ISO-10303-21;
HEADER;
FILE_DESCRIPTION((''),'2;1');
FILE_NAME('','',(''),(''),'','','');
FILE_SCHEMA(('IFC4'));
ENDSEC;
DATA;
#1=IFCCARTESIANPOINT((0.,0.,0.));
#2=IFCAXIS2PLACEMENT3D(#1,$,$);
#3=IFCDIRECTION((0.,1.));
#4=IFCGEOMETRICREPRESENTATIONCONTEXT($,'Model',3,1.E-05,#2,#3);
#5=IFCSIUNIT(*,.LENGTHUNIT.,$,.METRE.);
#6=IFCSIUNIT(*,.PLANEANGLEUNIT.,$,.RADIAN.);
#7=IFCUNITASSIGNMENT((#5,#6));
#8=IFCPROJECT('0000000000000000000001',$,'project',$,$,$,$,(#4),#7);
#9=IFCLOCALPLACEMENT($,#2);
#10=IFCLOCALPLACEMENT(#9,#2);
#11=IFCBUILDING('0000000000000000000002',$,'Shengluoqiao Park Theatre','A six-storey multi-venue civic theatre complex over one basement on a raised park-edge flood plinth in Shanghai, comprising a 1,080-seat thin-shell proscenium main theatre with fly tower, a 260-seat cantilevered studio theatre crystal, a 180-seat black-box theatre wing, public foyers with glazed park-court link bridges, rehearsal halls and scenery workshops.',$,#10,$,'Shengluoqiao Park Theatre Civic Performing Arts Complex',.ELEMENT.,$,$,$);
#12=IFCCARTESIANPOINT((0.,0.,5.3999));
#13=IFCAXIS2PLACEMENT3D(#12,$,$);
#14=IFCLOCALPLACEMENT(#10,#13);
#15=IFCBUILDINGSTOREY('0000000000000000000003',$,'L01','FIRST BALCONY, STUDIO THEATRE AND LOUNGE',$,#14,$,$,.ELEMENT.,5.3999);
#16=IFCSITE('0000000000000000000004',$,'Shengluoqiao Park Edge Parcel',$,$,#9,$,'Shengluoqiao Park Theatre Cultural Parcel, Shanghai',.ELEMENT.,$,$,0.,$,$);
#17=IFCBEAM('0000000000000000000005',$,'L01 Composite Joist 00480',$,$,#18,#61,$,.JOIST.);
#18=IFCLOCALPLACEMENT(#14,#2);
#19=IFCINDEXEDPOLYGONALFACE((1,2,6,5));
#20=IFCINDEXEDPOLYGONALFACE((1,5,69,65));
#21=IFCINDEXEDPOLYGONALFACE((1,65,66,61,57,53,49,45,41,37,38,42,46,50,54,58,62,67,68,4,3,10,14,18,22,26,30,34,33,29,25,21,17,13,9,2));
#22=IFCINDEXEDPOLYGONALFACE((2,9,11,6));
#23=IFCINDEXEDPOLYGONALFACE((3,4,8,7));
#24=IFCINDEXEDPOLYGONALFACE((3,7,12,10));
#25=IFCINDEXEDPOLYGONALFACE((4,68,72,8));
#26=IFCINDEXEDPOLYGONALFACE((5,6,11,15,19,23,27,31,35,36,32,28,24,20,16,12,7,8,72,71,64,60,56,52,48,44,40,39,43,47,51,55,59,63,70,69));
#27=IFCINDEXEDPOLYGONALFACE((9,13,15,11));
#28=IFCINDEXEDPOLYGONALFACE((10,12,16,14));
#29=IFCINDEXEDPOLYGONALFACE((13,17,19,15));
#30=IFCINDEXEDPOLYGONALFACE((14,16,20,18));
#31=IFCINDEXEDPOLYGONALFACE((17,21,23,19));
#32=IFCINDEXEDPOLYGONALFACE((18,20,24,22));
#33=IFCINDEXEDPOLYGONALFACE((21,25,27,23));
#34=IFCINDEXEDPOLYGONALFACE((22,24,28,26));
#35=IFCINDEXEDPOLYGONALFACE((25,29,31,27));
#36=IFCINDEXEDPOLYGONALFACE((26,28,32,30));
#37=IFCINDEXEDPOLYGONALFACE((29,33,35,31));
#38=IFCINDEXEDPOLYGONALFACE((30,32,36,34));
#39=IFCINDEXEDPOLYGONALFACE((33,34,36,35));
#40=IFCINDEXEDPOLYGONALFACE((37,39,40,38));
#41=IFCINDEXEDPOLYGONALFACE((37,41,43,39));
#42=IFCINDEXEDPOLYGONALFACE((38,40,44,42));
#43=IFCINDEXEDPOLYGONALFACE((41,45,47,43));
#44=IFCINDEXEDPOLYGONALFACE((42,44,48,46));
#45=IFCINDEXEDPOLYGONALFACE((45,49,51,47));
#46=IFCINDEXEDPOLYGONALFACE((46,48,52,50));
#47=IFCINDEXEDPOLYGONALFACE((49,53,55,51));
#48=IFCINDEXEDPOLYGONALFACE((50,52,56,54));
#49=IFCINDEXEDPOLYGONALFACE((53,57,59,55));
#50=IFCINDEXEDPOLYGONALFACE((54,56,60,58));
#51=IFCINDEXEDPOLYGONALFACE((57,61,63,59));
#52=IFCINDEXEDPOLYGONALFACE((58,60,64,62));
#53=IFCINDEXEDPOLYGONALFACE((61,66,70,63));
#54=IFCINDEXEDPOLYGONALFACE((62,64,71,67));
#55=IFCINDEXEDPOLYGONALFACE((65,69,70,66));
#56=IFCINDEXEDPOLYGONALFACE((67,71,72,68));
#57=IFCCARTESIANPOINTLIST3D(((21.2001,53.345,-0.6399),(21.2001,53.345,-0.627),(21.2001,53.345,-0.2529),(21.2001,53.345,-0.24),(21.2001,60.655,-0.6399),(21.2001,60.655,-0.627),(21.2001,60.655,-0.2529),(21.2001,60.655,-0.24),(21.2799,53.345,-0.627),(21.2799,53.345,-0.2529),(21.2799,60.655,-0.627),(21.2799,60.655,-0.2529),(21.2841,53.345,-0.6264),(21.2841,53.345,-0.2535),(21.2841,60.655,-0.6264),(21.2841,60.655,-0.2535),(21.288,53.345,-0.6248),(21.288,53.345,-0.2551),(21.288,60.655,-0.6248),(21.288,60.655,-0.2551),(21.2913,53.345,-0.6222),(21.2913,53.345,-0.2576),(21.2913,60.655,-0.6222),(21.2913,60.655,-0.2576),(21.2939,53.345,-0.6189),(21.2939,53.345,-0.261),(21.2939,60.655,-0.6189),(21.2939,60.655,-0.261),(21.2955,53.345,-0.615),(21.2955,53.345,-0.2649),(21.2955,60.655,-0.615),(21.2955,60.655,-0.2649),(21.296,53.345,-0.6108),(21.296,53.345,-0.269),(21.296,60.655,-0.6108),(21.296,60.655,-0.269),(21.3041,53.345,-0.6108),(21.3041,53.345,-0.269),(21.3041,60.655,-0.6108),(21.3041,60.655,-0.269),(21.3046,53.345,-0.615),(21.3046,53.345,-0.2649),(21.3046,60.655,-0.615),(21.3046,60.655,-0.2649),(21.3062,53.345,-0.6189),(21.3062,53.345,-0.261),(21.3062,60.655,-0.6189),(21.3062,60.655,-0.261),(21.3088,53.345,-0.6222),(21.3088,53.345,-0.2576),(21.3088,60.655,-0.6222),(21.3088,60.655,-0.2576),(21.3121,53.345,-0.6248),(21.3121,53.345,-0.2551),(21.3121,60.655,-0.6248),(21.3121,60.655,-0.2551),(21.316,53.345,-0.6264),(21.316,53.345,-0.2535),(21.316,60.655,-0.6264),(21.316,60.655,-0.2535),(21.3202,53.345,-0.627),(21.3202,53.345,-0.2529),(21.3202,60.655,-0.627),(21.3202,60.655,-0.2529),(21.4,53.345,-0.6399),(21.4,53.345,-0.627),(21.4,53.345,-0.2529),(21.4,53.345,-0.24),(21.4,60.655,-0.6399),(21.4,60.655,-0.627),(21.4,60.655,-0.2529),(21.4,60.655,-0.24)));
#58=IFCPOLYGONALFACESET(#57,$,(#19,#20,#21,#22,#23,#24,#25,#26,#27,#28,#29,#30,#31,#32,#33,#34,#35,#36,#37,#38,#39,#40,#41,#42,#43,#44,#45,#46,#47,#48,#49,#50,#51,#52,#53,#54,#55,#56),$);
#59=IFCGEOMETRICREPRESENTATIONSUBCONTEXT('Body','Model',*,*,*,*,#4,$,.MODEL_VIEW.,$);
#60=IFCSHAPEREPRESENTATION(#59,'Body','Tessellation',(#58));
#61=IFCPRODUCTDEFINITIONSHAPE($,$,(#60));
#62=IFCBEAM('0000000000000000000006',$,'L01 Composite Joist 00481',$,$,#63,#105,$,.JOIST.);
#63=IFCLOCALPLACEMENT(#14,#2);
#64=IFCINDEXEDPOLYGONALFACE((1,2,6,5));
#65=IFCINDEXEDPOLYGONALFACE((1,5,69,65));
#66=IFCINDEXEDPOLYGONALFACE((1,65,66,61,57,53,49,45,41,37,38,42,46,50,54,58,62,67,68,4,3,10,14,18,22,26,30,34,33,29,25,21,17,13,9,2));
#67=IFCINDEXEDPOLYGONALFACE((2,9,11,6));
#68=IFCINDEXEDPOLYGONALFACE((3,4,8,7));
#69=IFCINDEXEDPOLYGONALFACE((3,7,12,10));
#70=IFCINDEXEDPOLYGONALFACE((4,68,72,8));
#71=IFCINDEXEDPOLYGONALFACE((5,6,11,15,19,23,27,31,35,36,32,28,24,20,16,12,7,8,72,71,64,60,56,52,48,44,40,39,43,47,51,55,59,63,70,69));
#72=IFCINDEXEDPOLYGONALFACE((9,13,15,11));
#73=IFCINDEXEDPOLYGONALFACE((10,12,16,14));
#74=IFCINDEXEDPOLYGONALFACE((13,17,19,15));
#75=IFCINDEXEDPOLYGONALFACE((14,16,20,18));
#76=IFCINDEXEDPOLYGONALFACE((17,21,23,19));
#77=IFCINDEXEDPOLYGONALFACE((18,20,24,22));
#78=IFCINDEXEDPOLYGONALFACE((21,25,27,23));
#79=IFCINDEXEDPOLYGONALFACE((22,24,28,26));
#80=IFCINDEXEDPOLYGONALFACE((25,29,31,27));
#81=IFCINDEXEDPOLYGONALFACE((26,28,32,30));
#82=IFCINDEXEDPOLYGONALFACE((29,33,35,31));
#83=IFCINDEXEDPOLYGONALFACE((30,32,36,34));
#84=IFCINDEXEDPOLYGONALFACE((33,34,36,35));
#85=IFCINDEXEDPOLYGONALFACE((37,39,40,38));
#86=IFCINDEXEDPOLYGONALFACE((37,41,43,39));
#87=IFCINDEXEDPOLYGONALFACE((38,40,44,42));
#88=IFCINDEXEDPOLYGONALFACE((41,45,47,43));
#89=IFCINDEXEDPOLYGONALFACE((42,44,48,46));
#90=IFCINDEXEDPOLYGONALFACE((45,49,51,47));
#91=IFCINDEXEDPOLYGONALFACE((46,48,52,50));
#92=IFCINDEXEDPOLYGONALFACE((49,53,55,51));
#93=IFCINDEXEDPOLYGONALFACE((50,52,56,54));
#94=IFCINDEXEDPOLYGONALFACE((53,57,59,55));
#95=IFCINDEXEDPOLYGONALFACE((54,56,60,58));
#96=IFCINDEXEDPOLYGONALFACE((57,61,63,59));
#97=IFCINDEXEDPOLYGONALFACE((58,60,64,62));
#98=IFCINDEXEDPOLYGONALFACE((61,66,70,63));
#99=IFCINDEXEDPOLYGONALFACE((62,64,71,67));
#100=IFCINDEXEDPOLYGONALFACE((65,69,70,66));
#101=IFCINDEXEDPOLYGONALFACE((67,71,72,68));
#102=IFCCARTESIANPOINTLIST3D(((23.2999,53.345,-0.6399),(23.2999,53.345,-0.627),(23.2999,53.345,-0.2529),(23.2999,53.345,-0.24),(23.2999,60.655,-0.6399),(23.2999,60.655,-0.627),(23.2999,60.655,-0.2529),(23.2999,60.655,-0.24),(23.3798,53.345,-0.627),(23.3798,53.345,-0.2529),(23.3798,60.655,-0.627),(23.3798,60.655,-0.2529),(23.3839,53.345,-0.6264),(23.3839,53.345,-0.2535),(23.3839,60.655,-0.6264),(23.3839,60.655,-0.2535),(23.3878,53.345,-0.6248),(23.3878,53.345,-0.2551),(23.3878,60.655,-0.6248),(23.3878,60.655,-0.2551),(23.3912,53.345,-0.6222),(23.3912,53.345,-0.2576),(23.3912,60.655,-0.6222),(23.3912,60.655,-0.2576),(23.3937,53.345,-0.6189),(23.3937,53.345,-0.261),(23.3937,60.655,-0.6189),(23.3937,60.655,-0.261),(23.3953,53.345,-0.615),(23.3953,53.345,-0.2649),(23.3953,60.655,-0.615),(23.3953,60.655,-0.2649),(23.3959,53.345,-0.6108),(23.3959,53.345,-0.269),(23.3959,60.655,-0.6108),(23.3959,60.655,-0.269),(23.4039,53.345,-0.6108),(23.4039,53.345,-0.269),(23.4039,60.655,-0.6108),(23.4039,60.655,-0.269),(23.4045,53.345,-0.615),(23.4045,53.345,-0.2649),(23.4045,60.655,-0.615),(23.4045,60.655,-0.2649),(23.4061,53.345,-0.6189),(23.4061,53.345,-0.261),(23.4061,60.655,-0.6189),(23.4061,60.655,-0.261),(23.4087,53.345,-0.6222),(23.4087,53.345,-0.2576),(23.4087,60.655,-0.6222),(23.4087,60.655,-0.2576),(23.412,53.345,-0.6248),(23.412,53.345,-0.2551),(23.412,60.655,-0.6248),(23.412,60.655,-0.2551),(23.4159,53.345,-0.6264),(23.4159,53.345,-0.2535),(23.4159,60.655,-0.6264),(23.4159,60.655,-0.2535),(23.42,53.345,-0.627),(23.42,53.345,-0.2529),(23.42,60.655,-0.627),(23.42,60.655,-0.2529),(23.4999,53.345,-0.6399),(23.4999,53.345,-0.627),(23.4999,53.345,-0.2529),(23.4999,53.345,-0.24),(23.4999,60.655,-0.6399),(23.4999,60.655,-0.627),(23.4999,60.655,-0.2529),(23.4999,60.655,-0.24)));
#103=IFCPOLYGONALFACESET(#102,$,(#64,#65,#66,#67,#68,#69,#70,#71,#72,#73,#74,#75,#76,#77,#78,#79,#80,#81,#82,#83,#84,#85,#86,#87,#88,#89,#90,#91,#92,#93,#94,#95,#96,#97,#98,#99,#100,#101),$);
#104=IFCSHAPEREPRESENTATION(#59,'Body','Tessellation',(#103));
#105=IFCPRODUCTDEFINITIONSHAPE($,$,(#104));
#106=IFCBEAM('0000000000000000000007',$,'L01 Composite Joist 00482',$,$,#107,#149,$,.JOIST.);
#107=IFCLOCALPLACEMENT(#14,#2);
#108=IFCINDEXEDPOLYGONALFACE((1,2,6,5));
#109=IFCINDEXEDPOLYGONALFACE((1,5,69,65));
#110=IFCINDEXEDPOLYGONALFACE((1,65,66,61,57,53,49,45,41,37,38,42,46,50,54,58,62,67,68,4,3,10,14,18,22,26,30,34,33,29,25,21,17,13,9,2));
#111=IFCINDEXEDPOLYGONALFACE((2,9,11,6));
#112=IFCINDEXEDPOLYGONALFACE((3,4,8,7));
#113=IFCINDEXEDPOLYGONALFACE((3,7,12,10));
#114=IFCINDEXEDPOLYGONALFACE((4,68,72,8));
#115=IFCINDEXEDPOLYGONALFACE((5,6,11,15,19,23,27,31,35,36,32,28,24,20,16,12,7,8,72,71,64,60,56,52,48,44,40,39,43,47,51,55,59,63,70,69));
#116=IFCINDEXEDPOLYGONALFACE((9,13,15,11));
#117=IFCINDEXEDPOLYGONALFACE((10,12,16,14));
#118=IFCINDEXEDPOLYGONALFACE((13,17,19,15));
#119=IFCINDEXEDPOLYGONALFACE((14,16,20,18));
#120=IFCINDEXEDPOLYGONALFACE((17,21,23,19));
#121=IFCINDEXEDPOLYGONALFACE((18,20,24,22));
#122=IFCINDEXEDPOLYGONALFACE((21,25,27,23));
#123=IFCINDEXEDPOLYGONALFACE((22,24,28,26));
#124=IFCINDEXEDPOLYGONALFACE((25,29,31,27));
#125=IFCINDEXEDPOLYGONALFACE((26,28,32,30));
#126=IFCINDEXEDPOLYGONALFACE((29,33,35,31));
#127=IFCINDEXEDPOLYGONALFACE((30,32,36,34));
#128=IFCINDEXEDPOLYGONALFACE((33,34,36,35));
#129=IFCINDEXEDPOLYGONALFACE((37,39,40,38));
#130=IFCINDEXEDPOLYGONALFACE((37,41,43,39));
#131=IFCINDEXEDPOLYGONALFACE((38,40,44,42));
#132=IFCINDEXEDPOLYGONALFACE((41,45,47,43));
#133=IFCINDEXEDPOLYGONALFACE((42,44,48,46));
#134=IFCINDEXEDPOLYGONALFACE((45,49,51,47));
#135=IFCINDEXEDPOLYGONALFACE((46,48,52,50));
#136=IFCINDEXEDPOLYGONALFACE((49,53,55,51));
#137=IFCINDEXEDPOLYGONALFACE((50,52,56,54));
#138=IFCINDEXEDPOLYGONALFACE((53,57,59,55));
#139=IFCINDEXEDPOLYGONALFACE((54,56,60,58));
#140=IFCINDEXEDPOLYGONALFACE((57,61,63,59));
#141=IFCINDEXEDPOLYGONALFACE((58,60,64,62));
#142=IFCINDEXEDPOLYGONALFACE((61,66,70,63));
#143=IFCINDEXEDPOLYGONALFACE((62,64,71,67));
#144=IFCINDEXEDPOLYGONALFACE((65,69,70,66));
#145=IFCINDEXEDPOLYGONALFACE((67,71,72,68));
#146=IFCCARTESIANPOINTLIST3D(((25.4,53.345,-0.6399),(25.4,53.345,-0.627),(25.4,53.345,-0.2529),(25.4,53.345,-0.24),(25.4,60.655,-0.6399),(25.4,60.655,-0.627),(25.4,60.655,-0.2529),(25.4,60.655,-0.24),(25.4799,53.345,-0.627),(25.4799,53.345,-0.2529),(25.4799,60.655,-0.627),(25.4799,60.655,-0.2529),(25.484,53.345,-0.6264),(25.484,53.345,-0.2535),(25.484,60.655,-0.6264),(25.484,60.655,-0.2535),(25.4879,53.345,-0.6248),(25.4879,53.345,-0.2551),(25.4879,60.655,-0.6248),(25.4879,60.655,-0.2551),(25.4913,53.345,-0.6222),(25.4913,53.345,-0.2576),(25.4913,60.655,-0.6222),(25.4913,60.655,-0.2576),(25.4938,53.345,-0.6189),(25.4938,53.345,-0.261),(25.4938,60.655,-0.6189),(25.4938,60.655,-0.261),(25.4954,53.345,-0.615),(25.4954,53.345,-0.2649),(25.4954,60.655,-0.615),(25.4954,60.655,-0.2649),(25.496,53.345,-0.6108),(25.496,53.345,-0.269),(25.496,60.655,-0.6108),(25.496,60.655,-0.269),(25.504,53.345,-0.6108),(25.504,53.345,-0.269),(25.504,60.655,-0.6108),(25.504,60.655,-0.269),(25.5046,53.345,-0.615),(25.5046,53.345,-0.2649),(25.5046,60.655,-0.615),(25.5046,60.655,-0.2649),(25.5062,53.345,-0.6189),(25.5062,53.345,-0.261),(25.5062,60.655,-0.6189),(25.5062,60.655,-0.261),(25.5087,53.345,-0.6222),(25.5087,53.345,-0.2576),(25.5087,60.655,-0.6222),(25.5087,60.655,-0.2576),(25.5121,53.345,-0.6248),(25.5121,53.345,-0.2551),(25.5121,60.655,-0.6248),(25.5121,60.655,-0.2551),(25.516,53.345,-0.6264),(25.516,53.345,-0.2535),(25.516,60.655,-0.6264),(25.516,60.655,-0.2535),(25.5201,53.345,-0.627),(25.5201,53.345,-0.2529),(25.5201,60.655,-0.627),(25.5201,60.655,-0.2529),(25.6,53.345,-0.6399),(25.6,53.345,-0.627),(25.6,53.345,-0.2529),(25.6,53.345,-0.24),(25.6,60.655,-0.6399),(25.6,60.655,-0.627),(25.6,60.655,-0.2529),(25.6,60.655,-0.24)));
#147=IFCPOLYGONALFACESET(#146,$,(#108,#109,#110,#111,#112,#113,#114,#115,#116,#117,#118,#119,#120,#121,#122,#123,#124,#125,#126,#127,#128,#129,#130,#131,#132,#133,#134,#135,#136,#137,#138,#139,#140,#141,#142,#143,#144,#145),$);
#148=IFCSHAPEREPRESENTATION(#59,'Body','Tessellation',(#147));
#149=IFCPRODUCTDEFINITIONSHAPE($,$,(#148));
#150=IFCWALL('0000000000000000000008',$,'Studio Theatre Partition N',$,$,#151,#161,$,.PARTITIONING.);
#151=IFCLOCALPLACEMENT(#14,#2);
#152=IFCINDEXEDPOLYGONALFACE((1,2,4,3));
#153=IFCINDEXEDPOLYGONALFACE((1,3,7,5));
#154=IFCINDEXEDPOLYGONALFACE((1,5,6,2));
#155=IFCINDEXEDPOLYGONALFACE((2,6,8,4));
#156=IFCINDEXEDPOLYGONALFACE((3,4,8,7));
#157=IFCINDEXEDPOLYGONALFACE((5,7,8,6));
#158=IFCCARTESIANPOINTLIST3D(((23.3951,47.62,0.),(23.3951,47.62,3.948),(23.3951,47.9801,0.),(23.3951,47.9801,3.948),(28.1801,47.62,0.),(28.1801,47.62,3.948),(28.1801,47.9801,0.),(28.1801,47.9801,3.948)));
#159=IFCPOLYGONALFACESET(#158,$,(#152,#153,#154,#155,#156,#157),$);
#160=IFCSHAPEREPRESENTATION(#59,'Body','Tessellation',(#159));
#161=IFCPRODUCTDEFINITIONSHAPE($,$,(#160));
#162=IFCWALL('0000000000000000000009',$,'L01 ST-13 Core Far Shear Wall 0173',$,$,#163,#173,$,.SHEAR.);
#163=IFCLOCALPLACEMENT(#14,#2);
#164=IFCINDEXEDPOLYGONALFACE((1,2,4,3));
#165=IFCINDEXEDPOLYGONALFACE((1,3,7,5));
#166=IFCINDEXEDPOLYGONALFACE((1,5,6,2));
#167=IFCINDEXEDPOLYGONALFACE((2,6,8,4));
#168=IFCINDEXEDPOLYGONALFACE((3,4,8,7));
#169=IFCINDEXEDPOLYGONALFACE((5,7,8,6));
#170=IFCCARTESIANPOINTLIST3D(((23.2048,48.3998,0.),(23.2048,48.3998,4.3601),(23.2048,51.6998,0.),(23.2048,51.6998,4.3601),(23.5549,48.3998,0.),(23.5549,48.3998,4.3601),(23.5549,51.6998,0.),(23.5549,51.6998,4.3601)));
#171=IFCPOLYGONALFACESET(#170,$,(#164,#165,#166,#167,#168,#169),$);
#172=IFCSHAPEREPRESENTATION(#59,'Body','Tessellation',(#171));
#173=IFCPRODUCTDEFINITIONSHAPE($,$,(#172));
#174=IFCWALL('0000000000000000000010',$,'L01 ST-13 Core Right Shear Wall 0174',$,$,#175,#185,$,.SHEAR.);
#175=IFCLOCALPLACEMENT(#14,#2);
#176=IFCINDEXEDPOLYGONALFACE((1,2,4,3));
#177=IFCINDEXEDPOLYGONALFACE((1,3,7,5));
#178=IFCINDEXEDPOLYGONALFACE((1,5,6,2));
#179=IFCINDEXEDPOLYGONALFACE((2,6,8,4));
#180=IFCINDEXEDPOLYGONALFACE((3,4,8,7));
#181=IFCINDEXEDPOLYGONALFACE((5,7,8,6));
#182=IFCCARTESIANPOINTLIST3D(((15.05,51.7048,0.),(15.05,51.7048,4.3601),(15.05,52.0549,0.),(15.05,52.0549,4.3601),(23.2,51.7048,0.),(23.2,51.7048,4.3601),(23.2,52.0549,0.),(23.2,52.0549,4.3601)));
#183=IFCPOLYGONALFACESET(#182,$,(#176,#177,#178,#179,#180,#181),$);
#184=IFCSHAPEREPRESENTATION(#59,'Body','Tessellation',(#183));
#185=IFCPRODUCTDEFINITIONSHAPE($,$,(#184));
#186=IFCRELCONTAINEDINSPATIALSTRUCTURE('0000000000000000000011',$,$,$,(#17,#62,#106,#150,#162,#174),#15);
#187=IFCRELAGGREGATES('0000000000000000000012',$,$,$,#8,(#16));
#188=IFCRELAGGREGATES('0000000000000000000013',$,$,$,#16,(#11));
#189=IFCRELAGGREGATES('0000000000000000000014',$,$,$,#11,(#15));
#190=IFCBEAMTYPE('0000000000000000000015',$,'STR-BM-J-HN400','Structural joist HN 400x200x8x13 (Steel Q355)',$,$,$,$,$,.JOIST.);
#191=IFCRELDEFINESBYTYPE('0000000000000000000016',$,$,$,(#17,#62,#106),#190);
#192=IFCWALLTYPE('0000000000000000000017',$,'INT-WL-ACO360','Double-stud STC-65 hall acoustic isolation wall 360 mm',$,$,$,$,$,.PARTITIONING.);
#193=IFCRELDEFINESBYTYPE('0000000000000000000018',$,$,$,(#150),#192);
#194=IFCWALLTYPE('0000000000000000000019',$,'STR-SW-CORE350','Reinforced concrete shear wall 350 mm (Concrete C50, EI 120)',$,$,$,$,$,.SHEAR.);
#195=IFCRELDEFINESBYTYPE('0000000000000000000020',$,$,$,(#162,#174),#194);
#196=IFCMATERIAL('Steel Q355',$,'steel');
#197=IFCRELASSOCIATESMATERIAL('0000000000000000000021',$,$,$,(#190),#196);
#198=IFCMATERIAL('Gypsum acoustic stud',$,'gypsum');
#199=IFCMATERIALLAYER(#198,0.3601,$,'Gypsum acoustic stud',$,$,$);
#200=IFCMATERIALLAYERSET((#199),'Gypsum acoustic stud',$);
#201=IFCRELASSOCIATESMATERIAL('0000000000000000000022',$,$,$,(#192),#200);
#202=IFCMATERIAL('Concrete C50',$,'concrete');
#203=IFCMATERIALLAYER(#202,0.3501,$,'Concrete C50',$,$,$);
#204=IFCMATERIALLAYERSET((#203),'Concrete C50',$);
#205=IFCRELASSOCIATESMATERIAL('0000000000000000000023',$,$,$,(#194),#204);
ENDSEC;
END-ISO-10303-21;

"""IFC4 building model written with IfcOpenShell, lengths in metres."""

from ifc_helpers import new_model, si_unit, direction, frame, frame_2d, origin, origin_2d, place, context, subcontext, project, spatial, rectangle, i_section, extrude, material, layer, layer_set, material_profile, profile_set, type_object, element, save


model = new_model("IFC4")

# Units and contexts
model_context = context("Model", 3, precision=1e-05, world=origin(), true_north=direction((0.0, 1.0)))
body_context = subcontext(model_context, "Body", "Model", "MODEL_VIEW")
ifc_project = project(units=[si_unit("LENGTHUNIT", "METRE"), si_unit("PLANEANGLEUNIT", "RADIAN")], contexts=[model_context])

# Site, building, storey
site_placement = place(None, origin())
site = spatial("IfcSite", under=ifc_project, at=site_placement, Name="Shengluoqiao Park Edge Parcel", LongName="Shengluoqiao Park Theatre Cultural Parcel, Shanghai", CompositionType="ELEMENT", RefElevation=0.0)
building_placement = place(site_placement, origin())
building = spatial("IfcBuilding", under=site, at=building_placement, Name="Shengluoqiao Park Theatre", Description="A six-storey multi-venue civic theatre complex over one basement on a raised park-edge flood plinth in Shanghai, comprising a 1,080-seat thin-shell proscenium main theatre with fly tower, a 260-seat cantilevered studio theatre crystal, a 180-seat black-box theatre wing, public foyers with glazed park-court link bridges, rehearsal halls and scenery workshops.", LongName="Shengluoqiao Park Theatre Civic Performing Arts Complex", CompositionType="ELEMENT")
storey_placement = place(building_placement, frame((0.0, 0.0, 5.3999)))
storey = spatial("IfcBuildingStorey", under=building, at=storey_placement, Name="L01", Description="FIRST BALCONY, STUDIO THEATRE AND LOUNGE", CompositionType="ELEMENT", Elevation=5.3999)

# Shared definitions
ifc_material_1 = material(Name="Steel Q355", Category="steel")

# Beams
ifc_material_profile_1 = material_profile(ifc_material_1, i_section(OverallWidth=0.2, OverallDepth=0.3999, WebThickness=0.0081, FlangeThickness=0.0129, FilletRadius=0.0161, at=origin_2d()), Name="HN 400x200x8x13")
ifc_profile_set_1 = profile_set([ifc_material_profile_1], Name="Steel Q355")
beam_type_1 = type_object("IfcBeamType", Name="STR-BM-J-HN400", Description="Structural joist HN 400x200x8x13 (Steel Q355)", PredefinedType="JOIST", material=ifc_profile_set_1)
for number, where, z_axis, x_axis, name in (
    (1, (21.3, 53.345, -0.4399), (0.0, 1.0, 0.0), (-1.0, 0.0, 0.0), "L01 Composite Joist 00480"),
    (2, (23.3999, 53.345, -0.4399), (0.0, 1.0, 0.0), (-1.0, 0.0, 0.0), "L01 Composite Joist 00481"),
    (3, (25.5, 53.345, -0.4399), (0.0, 1.0, 0.0), (-1.0, 0.0, 0.0), "L01 Composite Joist 00482"),
):
    element("IfcBeam", number, at=place(storey_placement, frame(where, z_axis=z_axis, x_axis=x_axis)), inside=storey, type_object=beam_type_1, Name=name, PredefinedType="JOIST", context=body_context, shape_type="SweptSolid", body=[
        extrude(i_section(OverallWidth=0.2, OverallDepth=0.3999, WebThickness=0.0081, FlangeThickness=0.0129, FilletRadius=0.0161, at=origin_2d()), origin(), (0.0, 0.0, 1.0), 7.3101),
    ])

# Walls
ifc_material_2 = material(Name="Gypsum acoustic stud", Category="gypsum")
ifc_layer_1 = layer(ifc_material_2, 0.3601, Name="Gypsum acoustic stud")
ifc_layer_set_1 = layer_set([ifc_layer_1], Name="Gypsum acoustic stud")
wall_type_1 = type_object("IfcWallType", Name="INT-WL-ACO360", Description="Double-stud STC-65 hall acoustic isolation wall 360 mm", PredefinedType="PARTITIONING", material=ifc_layer_set_1)
wall_1_placement = place(storey_placement, frame((23.395, 47.8, 0.0), z_axis=(0.0, 0.0, 1.0), x_axis=(1.0, 0.0, 0.0)))
element("IfcWall", 4, at=wall_1_placement, inside=storey, type_object=wall_type_1, Name="Studio Theatre Partition N", PredefinedType="PARTITIONING", context=body_context, shape_type="SweptSolid", body=[
    extrude(rectangle(XDim=4.7849, YDim=0.3601, at=frame_2d((2.3926, 0.0))), origin(), (0.0, 0.0, 1.0), 3.948),
])
ifc_material_3 = material(Name="Concrete C50", Category="concrete")
ifc_layer_2 = layer(ifc_material_3, 0.3501, Name="Concrete C50")
ifc_layer_set_2 = layer_set([ifc_layer_2], Name="Concrete C50")
wall_type_2 = type_object("IfcWallType", Name="STR-SW-CORE350", Description="Reinforced concrete shear wall 350 mm (Concrete C50, EI 120)", PredefinedType="SHEAR", material=ifc_layer_set_2)
wall_2_placement = place(storey_placement, frame((23.3799, 48.3999, 0.0), z_axis=(0.0, 0.0, 1.0), x_axis=(0.0, 1.0, 0.0)))
element("IfcWall", 5, at=wall_2_placement, inside=storey, type_object=wall_type_2, Name="L01 ST-13 Core Far Shear Wall 0173", PredefinedType="SHEAR", context=body_context, shape_type="SweptSolid", body=[
    extrude(rectangle(XDim=3.3, YDim=0.3501, at=frame_2d((1.6499, 0.0))), origin(), (0.0, 0.0, 1.0), 4.3601),
])
wall_3_placement = place(storey_placement, frame((23.2, 51.8799, 0.0), z_axis=(0.0, 0.0, 1.0), x_axis=(-1.0, 0.0, 0.0)))
element("IfcWall", 6, at=wall_3_placement, inside=storey, type_object=wall_type_2, Name="L01 ST-13 Core Right Shear Wall 0174", PredefinedType="SHEAR", context=body_context, shape_type="SweptSolid", body=[
    extrude(rectangle(XDim=8.1499, YDim=0.3501, at=frame_2d((4.075, 0.0))), origin(), (0.0, 0.0, 1.0), 4.3601),
])

save(model, "model.ifc")
